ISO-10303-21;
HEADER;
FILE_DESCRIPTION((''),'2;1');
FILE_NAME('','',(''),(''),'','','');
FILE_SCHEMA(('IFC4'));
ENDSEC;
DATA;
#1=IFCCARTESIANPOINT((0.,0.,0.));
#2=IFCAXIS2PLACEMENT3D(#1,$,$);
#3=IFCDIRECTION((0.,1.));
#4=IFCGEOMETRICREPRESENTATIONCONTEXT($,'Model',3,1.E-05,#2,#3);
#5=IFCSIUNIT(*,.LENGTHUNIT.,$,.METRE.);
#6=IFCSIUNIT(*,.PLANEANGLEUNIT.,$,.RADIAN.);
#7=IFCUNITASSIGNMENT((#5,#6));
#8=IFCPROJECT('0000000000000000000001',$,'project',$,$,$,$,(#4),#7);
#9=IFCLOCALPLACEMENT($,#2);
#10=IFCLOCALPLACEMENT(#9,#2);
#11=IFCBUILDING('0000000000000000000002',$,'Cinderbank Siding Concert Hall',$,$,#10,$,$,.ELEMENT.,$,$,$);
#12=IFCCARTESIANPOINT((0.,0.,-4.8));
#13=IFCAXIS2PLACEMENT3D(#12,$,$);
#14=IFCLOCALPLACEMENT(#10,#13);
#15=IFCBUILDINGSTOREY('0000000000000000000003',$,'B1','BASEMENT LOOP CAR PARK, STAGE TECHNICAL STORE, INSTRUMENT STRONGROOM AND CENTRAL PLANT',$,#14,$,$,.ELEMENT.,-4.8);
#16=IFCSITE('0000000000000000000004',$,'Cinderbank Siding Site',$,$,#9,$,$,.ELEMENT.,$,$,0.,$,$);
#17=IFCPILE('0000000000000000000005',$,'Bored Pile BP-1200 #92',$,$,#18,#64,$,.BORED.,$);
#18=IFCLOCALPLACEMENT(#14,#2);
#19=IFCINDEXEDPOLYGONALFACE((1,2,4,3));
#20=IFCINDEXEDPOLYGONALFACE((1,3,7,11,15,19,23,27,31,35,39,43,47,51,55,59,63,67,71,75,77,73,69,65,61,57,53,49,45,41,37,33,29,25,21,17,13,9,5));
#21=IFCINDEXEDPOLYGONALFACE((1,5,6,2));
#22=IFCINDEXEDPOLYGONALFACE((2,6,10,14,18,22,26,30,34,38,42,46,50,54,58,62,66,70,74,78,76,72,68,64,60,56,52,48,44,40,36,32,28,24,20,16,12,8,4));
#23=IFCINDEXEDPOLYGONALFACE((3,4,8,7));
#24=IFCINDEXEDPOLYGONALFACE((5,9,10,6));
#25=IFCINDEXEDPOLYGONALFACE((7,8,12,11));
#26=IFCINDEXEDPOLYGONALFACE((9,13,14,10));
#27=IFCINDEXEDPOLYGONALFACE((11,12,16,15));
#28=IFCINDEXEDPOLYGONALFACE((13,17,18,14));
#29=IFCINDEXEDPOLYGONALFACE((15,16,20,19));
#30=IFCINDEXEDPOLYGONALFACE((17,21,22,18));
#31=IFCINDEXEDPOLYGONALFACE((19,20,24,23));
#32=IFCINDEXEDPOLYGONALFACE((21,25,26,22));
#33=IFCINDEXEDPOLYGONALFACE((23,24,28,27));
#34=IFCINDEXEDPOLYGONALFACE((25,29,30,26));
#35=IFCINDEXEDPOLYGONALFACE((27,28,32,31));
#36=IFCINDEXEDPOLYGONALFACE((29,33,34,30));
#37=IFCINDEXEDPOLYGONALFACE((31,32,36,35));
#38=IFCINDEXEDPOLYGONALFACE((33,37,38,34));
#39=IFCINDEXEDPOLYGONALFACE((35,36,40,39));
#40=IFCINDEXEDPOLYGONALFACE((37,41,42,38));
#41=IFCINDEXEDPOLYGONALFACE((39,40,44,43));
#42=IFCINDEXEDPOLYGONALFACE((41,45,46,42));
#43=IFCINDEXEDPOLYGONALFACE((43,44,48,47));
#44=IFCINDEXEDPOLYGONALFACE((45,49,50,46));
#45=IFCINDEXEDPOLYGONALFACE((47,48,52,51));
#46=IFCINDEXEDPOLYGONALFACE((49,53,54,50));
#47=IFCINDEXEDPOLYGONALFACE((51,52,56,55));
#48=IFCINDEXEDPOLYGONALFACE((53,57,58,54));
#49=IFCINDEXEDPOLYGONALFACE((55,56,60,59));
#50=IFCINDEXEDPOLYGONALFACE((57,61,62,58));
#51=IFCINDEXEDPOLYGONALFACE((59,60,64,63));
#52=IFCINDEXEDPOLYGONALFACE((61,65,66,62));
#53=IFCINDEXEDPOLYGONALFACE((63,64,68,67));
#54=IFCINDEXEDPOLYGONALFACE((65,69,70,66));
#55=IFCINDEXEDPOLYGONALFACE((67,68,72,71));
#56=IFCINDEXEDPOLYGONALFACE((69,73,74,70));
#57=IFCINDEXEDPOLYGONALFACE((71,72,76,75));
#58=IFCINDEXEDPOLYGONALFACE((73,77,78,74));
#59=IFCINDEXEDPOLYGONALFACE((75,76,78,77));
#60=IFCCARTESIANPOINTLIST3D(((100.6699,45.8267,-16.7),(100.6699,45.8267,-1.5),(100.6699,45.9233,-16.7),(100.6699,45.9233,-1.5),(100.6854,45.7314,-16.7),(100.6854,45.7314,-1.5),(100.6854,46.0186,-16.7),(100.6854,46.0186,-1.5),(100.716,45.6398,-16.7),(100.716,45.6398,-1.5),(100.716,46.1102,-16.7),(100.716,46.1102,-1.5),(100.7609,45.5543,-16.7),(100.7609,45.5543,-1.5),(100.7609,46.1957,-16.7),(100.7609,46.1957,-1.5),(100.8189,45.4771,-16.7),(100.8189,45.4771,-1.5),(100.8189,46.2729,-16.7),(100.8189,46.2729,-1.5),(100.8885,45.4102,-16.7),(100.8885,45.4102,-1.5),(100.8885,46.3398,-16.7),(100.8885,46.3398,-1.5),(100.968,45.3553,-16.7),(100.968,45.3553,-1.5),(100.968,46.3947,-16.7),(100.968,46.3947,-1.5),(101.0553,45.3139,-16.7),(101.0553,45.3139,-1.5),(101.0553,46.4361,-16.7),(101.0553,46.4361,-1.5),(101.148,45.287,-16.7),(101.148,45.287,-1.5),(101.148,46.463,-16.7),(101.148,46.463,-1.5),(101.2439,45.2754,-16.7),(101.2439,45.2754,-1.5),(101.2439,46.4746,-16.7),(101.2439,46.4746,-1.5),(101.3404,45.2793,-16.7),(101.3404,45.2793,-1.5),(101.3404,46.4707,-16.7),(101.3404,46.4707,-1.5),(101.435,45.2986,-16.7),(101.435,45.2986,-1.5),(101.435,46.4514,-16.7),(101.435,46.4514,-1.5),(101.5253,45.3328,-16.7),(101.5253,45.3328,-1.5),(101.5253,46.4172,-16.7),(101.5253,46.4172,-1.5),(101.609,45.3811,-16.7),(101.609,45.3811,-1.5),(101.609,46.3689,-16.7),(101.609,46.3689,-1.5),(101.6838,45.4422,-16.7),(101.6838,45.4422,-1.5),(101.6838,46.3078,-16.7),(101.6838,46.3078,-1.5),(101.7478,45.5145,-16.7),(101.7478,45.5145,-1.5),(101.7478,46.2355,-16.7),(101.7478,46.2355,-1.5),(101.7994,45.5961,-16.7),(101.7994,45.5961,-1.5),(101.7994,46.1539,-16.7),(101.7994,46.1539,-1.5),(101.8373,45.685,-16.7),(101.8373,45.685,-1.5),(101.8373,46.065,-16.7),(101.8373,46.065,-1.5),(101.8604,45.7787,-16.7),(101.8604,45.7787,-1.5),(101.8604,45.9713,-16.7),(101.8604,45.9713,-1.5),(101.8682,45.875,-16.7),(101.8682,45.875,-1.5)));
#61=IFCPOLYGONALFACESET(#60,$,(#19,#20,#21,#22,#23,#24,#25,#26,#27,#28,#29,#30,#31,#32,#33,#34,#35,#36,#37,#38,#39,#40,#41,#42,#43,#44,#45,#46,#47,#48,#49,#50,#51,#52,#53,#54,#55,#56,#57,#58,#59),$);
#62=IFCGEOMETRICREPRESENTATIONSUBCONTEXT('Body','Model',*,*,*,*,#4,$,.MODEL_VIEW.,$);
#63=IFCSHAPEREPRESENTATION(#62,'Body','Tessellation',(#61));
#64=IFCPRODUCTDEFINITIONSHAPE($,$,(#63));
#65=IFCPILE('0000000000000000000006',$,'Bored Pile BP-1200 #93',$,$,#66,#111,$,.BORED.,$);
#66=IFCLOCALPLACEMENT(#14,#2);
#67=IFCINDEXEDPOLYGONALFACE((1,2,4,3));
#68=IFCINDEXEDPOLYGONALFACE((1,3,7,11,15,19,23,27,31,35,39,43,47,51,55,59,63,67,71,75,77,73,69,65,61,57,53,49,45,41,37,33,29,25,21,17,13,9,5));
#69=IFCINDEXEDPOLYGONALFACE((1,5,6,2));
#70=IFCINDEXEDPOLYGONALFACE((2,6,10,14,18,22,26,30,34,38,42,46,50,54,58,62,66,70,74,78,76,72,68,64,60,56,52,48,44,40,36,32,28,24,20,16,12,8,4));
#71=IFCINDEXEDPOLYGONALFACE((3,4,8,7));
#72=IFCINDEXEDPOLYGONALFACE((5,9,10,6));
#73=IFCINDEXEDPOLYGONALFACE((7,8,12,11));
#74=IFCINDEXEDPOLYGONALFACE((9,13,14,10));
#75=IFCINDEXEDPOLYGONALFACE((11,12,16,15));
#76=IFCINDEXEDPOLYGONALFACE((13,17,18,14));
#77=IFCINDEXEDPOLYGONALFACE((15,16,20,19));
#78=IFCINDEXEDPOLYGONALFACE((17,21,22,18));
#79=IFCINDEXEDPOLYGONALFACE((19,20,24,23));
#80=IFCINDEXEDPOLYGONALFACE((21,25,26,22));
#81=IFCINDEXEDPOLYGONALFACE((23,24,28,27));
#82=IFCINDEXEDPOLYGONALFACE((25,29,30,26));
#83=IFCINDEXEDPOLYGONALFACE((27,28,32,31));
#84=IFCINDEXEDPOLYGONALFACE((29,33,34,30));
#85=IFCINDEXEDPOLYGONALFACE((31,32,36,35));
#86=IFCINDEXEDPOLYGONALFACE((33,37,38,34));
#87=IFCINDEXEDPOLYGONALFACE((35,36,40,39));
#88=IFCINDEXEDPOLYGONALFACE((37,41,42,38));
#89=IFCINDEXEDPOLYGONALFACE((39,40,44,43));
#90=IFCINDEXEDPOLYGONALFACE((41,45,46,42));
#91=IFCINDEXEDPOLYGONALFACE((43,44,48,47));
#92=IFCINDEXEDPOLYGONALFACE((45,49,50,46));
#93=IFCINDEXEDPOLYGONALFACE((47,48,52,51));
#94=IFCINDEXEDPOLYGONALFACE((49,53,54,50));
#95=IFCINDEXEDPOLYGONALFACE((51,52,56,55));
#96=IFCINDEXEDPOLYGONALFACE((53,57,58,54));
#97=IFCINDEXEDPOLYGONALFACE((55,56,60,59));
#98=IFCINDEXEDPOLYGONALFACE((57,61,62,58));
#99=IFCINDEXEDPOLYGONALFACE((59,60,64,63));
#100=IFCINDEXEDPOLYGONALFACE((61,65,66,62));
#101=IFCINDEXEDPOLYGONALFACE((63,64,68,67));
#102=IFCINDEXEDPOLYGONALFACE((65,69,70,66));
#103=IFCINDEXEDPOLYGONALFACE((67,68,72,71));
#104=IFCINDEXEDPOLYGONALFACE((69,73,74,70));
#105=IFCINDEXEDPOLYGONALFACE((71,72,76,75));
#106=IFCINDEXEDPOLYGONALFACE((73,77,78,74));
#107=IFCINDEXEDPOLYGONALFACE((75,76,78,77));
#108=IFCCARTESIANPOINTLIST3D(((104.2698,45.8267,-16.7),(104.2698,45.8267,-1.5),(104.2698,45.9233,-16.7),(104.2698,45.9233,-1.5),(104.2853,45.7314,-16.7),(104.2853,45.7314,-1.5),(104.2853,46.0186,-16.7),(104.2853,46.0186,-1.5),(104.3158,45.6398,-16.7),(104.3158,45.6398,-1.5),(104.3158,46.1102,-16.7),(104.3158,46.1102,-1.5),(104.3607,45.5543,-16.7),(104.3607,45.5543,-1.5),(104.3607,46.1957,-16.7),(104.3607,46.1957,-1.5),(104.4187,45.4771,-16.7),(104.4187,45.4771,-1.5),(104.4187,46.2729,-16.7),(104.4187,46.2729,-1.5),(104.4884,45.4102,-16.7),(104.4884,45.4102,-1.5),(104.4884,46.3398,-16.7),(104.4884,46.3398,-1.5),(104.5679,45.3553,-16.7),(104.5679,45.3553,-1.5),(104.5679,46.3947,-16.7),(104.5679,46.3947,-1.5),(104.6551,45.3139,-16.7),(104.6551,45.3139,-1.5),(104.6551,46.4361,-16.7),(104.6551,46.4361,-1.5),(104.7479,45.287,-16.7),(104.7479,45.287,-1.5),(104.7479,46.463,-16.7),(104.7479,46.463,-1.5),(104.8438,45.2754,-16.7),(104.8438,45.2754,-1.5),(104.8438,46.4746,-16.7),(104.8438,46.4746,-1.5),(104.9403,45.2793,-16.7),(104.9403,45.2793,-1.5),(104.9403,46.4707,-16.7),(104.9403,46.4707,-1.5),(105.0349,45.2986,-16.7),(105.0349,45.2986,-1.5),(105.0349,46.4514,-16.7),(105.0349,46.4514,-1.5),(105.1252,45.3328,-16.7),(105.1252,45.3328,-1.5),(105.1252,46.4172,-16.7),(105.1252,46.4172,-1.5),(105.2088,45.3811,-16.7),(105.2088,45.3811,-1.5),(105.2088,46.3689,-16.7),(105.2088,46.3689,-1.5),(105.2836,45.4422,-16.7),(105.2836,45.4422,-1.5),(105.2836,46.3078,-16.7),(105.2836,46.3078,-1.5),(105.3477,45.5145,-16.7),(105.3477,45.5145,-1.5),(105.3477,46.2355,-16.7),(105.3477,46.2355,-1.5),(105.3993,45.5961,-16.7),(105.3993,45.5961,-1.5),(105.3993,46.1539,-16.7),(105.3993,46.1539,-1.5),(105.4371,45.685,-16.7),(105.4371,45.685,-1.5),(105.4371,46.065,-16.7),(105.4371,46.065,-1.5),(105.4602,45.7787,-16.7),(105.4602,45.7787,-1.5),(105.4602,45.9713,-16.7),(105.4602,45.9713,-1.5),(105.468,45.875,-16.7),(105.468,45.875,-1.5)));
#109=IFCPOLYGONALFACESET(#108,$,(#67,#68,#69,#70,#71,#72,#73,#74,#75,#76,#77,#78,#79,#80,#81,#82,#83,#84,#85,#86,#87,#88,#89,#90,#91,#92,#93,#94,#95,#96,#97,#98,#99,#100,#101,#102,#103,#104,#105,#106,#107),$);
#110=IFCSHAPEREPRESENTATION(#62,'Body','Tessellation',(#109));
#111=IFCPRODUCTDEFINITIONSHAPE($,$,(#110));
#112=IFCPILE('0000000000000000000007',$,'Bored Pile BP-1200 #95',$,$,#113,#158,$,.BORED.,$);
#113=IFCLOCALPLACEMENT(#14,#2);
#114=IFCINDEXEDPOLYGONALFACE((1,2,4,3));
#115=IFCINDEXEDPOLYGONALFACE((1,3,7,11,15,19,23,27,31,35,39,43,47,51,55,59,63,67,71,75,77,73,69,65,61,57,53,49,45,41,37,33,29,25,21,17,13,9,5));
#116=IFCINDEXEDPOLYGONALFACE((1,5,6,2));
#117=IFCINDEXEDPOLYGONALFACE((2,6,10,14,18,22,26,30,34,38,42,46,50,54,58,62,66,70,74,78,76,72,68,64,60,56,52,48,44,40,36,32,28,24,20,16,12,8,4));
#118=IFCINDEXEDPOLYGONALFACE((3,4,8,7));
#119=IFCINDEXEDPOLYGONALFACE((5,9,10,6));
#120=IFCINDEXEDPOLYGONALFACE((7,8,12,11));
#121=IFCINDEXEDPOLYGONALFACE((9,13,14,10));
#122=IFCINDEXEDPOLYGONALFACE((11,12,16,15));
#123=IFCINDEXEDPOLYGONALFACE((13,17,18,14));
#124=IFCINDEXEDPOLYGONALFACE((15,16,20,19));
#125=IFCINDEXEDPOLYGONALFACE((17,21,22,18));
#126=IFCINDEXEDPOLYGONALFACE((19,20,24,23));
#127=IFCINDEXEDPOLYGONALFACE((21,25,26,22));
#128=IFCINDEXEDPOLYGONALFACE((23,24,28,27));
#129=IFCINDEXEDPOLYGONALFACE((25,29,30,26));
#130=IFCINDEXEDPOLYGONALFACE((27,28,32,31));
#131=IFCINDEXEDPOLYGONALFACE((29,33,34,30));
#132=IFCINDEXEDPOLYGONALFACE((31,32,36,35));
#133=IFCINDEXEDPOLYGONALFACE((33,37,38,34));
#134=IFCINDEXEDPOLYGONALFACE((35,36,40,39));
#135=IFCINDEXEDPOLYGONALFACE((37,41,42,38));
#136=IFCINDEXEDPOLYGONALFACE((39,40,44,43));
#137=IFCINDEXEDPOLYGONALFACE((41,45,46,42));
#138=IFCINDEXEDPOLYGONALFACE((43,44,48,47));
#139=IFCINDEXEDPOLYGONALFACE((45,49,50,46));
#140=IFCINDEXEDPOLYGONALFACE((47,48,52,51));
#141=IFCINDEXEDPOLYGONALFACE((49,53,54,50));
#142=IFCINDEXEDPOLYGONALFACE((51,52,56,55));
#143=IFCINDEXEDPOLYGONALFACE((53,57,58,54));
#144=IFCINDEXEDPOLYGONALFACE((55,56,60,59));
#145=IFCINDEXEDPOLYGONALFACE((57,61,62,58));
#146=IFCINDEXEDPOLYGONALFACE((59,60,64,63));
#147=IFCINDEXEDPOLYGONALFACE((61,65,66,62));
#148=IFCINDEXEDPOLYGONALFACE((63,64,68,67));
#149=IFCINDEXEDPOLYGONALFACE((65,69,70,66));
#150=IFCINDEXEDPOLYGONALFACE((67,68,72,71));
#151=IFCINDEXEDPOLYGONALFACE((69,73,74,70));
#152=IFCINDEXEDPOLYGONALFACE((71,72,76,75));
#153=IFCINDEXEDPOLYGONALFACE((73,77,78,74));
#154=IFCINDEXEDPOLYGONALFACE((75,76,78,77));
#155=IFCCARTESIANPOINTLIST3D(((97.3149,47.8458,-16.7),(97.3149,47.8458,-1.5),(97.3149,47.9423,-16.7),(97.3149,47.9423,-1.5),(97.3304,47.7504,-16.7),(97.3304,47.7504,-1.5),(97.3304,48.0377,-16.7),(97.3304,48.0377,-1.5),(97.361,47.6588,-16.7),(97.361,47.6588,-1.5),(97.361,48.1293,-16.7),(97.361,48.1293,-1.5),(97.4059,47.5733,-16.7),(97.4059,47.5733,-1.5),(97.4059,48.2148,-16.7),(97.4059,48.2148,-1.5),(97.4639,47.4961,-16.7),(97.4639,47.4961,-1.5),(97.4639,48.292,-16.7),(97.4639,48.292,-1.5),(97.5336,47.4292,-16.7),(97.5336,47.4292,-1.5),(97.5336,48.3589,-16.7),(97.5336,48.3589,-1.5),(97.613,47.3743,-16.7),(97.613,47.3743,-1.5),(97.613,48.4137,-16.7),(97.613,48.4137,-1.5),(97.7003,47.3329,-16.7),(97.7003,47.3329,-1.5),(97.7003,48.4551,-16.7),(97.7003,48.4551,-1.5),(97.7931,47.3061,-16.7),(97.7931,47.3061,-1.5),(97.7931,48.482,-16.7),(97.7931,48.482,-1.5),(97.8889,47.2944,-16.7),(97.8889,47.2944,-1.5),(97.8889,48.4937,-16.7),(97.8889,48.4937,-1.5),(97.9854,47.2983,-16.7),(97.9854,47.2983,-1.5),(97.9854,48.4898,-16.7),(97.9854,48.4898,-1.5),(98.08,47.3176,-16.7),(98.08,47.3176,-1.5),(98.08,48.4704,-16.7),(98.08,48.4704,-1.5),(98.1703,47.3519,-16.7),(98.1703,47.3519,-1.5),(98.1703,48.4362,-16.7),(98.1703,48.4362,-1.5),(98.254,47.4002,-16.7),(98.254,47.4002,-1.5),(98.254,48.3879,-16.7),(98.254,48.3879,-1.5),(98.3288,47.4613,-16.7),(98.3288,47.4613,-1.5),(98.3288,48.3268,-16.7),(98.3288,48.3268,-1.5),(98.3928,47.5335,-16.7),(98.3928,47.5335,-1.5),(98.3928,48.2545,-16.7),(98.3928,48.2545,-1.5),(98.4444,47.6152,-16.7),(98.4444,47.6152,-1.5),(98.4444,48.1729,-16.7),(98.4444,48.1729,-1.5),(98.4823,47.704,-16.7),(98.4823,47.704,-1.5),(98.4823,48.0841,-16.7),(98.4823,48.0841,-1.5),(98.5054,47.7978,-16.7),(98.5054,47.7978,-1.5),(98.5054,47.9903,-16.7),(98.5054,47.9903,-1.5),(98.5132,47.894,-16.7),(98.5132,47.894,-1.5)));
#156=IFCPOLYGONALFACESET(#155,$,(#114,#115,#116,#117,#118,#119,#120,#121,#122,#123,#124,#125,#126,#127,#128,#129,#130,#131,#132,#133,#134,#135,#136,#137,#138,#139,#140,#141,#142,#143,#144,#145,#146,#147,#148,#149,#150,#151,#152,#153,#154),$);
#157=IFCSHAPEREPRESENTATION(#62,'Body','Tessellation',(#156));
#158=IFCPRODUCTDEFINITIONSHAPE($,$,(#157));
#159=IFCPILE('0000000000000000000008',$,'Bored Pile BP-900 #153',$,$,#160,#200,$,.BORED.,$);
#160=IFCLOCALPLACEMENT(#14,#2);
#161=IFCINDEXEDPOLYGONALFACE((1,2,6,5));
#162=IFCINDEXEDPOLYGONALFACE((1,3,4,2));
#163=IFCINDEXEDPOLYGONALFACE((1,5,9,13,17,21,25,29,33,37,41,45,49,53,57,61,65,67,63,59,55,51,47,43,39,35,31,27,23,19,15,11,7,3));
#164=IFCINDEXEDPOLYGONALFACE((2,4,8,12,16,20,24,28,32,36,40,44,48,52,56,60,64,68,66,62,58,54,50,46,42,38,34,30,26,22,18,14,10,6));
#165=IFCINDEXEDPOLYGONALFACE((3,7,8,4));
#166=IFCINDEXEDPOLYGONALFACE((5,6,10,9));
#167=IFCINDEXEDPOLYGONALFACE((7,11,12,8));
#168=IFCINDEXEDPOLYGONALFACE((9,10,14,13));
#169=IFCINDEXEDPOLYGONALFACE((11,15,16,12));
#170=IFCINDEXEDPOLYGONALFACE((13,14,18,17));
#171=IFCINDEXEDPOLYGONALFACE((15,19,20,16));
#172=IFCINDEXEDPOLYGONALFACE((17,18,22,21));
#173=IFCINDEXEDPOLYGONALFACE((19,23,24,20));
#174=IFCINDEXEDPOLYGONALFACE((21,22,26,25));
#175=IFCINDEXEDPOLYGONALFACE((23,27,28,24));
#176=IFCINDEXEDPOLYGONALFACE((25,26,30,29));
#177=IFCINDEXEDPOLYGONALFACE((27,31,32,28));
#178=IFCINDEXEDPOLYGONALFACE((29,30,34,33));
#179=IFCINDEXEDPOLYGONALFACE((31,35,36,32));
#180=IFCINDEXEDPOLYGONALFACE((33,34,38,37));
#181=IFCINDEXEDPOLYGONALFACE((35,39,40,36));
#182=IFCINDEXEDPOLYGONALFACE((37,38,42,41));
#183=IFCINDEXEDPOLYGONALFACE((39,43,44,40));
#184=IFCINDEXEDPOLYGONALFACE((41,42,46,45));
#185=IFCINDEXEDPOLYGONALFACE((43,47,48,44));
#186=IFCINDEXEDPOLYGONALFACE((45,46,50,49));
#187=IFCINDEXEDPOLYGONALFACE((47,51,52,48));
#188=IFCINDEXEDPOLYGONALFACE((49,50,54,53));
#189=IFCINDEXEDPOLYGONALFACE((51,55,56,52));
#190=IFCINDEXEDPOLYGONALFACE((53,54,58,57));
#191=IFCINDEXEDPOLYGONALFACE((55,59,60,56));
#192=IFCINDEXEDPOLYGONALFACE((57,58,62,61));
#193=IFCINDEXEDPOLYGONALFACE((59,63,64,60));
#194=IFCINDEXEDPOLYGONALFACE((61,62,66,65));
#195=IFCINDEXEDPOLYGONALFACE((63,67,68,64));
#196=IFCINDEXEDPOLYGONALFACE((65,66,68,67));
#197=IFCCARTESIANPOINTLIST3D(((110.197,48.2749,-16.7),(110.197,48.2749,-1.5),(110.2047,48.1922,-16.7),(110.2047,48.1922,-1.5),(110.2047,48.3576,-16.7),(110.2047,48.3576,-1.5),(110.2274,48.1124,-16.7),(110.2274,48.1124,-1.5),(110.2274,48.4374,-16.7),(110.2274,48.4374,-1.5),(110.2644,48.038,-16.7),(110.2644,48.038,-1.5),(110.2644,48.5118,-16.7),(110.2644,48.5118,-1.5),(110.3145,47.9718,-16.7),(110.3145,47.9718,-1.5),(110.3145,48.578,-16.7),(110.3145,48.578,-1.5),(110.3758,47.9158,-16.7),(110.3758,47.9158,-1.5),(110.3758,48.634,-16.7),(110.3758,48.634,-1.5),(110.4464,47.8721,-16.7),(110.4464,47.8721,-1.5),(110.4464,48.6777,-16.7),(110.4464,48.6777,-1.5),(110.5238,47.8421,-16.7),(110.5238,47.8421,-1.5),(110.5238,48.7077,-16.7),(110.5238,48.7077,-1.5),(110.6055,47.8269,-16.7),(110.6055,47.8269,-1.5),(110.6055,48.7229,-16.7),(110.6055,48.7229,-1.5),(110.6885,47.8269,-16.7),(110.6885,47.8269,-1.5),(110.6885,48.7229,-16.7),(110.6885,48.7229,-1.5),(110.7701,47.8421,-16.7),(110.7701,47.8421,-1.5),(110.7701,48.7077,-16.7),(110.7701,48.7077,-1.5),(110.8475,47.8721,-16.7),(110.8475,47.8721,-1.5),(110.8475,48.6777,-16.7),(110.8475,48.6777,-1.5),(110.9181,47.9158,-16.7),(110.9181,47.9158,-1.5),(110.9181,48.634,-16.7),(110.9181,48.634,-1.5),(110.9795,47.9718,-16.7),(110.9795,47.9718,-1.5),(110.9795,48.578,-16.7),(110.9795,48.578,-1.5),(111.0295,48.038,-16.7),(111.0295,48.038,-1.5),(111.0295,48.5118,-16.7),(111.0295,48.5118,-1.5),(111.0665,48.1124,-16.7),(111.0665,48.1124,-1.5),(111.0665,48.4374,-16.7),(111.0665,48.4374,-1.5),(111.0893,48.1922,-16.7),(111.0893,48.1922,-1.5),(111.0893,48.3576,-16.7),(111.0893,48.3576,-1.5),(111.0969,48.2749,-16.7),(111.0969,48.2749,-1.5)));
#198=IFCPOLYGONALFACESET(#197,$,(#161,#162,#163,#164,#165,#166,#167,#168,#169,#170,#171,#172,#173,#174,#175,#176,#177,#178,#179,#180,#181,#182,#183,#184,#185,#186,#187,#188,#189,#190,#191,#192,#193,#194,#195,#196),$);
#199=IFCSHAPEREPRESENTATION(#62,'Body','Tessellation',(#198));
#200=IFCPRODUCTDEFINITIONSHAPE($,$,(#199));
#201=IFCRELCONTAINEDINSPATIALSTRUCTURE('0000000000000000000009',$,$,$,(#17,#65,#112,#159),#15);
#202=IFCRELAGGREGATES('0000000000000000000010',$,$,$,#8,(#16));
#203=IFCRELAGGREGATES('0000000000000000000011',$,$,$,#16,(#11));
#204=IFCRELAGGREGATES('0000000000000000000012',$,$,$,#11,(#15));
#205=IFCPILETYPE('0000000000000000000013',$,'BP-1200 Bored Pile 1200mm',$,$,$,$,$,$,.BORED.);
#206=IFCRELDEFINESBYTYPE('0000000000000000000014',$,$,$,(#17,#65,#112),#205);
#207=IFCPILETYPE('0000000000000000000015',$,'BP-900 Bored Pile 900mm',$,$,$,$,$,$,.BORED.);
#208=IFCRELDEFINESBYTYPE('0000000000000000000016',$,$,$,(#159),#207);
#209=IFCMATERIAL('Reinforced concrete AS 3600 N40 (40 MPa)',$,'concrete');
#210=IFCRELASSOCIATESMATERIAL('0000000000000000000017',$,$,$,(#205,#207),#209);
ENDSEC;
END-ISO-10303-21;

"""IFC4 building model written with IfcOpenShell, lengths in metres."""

from ifc_helpers import new_model, si_unit, direction, frame, origin, origin_2d, place, context, subcontext, project, spatial, circle, extrude, material, material_profile, profile_set, type_object, element, save


model = new_model("IFC4")

# Units and contexts
model_context = context("Model", 3, precision=1e-05, world=origin(), true_north=direction((0.0, 1.0)))
body_context = subcontext(model_context, "Body", "Model", "MODEL_VIEW")
ifc_project = project(units=[si_unit("LENGTHUNIT", "METRE"), si_unit("PLANEANGLEUNIT", "RADIAN")], contexts=[model_context])

# Site, building, storey
site_placement = place(None, origin())
site = spatial("IfcSite", under=ifc_project, at=site_placement, Name="Cinderbank Siding Site", CompositionType="ELEMENT", RefElevation=0.0)
building_placement = place(site_placement, origin())
building = spatial("IfcBuilding", under=site, at=building_placement, Name="Cinderbank Siding Concert Hall", CompositionType="ELEMENT")
storey_placement = place(building_placement, frame((0.0, 0.0, -4.8)))
storey = spatial("IfcBuildingStorey", under=building, at=storey_placement, Name="B1", Description="BASEMENT LOOP CAR PARK, STAGE TECHNICAL STORE, INSTRUMENT STRONGROOM AND CENTRAL PLANT", CompositionType="ELEMENT", Elevation=-4.8)

# Piles
ifc_material_1 = material(Name="Reinforced concrete AS 3600 N40 (40 MPa)", Category="concrete")
ifc_material_profile_1 = material_profile(ifc_material_1, circle(Radius=0.6001, at=origin_2d()), Name="PILE-1200DIA", Category="LoadBearing")
ifc_profile_set_1 = profile_set([ifc_material_profile_1], Name="Reinforced concrete AS 3600 N40 (40 MPa)")
pile_type_1 = type_object("IfcPileType", Name="BP-1200 Bored Pile 1200mm", PredefinedType="BORED", material=ifc_profile_set_1)
for number, where, z_axis, x_axis, name in (
    (1, (101.2681, 45.875, -1.5), (0.0, 0.0, -1.0), (1.0, 0.0, 0.0), "Bored Pile BP-1200 #92"),
    (2, (104.8679, 45.875, -1.5), (0.0, 0.0, -1.0), (1.0, 0.0, 0.0), "Bored Pile BP-1200 #93"),
    (3, (97.9131, 47.894, -1.5), (0.0, 0.0, -1.0), (1.0, 0.0, 0.0), "Bored Pile BP-1200 #95"),
):
    element("IfcPile", number, at=place(storey_placement, frame(where, z_axis=z_axis, x_axis=x_axis)), inside=storey, type_object=pile_type_1, Name=name, PredefinedType="BORED", context=body_context, shape_type="SweptSolid", body=[
        extrude(circle(Radius=0.6001, at=origin_2d()), origin(), (0.0, 0.0, 1.0), 15.2),
    ])
ifc_material_profile_2 = material_profile(ifc_material_1, circle(Radius=0.45, at=origin_2d()), Name="PILE-900DIA", Category="LoadBearing")
ifc_profile_set_2 = profile_set([ifc_material_profile_2], Name="Reinforced concrete AS 3600 N40 (40 MPa)")
pile_type_2 = type_object("IfcPileType", Name="BP-900 Bored Pile 900mm", PredefinedType="BORED", material=ifc_profile_set_2)
pile_placement = place(storey_placement, frame((110.647, 48.2749, -1.5), z_axis=(0.0, 0.0, -1.0), x_axis=(1.0, 0.0, 0.0)))
element("IfcPile", 4, at=pile_placement, inside=storey, type_object=pile_type_2, Name="Bored Pile BP-900 #153", PredefinedType="BORED", context=body_context, shape_type="SweptSolid", body=[
    extrude(circle(Radius=0.45, at=origin_2d()), origin(), (0.0, 0.0, 1.0), 15.2),
])

save(model, "model.ifc")
